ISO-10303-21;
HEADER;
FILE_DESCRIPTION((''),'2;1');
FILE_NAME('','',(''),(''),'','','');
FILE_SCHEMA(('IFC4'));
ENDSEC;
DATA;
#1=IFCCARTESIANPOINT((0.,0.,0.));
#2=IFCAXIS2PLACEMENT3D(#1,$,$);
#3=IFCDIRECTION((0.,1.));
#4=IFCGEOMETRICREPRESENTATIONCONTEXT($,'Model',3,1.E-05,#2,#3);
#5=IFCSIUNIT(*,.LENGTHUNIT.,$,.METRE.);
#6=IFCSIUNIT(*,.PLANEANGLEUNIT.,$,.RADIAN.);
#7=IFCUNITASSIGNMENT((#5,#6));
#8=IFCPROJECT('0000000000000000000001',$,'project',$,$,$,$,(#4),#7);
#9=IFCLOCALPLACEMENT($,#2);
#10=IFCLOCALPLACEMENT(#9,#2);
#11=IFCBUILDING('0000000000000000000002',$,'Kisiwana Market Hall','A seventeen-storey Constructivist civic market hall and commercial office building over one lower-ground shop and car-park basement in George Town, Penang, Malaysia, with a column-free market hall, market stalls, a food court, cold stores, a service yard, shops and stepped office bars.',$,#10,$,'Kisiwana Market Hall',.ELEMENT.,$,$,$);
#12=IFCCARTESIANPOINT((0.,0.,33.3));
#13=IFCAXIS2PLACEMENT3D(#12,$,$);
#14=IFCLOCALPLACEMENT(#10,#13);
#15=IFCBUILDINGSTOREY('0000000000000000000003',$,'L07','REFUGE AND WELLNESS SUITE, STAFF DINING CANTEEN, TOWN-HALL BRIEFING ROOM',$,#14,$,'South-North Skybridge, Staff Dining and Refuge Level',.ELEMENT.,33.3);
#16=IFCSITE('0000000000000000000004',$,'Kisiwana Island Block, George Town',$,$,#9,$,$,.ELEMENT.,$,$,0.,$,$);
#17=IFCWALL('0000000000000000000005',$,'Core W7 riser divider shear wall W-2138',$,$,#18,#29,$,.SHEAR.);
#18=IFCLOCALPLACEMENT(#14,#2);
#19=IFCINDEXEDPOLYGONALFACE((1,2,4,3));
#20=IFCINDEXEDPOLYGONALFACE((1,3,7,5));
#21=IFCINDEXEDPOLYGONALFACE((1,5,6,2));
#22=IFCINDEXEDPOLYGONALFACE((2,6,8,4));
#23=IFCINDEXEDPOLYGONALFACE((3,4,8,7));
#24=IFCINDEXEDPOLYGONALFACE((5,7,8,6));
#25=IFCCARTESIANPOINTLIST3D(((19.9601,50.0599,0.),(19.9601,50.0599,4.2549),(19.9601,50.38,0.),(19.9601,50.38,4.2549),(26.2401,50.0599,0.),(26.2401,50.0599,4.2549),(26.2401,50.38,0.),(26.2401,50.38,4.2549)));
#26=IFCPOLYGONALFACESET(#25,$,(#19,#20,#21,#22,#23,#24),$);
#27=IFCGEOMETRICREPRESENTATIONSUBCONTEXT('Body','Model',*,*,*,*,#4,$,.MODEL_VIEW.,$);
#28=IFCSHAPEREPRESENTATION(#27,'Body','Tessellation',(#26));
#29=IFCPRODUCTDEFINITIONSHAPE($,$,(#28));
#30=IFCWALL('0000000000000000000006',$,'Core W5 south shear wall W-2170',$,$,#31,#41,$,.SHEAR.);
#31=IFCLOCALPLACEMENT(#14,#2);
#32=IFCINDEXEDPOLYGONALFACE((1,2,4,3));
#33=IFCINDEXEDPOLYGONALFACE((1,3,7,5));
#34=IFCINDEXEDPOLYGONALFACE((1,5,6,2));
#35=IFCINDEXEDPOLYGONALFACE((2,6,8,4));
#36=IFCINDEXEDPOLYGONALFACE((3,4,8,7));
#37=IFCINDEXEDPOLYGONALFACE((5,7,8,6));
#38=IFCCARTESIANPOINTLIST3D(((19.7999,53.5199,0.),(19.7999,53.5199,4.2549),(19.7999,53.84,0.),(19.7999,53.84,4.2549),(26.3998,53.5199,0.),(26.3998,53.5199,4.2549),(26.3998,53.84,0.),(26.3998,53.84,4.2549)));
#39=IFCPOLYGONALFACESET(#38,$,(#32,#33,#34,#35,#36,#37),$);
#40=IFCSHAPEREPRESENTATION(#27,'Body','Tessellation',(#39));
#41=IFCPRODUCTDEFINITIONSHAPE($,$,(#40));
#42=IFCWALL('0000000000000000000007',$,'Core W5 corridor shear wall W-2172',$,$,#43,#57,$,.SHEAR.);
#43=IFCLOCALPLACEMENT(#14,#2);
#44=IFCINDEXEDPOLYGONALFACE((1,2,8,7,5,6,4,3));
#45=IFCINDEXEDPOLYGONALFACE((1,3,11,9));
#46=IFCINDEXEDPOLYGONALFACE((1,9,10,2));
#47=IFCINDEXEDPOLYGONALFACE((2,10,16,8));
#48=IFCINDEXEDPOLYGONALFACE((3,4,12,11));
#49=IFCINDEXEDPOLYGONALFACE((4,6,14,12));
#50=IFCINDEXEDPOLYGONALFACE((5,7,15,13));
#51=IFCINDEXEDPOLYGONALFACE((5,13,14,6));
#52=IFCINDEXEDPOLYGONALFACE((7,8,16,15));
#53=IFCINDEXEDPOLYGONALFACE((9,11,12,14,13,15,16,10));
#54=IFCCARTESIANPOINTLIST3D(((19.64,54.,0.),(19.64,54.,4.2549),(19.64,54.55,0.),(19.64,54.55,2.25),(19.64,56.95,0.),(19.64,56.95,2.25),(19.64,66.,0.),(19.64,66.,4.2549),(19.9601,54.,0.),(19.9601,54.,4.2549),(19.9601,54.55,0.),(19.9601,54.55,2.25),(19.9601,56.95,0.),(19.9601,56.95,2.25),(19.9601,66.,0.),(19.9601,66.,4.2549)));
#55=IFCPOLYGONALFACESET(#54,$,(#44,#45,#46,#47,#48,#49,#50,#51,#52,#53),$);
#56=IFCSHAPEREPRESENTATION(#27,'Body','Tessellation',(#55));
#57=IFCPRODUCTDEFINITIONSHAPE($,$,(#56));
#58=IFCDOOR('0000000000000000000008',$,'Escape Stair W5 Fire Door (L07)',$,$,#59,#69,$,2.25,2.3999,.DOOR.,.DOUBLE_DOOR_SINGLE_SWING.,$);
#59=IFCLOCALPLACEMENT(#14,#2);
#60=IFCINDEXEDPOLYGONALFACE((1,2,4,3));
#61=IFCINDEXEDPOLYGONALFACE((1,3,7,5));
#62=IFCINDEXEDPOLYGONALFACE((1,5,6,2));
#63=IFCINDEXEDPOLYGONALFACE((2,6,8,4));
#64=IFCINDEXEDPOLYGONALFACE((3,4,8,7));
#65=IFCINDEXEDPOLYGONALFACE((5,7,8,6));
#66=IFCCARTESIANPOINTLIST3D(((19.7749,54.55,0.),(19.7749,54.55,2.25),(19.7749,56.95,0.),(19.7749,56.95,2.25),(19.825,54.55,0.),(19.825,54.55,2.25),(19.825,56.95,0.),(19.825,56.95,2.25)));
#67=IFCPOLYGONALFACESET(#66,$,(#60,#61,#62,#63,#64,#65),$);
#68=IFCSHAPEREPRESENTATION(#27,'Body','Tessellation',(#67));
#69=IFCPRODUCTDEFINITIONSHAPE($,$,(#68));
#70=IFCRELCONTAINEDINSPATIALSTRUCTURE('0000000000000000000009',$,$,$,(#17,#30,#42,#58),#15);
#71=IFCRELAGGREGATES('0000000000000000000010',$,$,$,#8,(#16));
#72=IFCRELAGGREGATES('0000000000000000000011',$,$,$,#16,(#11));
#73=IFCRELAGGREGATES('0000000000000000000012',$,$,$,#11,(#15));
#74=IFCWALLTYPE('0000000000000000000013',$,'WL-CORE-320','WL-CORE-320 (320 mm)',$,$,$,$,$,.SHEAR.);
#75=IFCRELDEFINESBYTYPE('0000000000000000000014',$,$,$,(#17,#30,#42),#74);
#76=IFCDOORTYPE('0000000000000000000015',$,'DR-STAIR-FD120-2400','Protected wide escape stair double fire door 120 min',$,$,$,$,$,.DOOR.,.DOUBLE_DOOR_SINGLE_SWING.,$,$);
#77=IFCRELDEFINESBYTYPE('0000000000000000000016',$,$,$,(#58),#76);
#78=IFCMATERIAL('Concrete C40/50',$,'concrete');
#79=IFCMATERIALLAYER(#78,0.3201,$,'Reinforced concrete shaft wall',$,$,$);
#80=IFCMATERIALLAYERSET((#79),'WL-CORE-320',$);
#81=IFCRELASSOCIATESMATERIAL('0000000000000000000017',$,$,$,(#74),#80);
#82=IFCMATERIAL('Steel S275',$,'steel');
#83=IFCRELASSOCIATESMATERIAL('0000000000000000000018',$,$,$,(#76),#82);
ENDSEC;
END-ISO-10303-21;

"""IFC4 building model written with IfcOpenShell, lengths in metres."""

from ifc_helpers import new_model, si_unit, direction, frame, frame_2d, origin, place, context, subcontext, project, spatial, rectangle, extrude, material, layer, layer_set, type_object, element, fill, save


model = new_model("IFC4")

# Units and contexts
model_context = context("Model", 3, precision=1e-05, world=origin(), true_north=direction((0.0, 1.0)))
body_context = subcontext(model_context, "Body", "Model", "MODEL_VIEW")
ifc_project = project(units=[si_unit("LENGTHUNIT", "METRE"), si_unit("PLANEANGLEUNIT", "RADIAN")], contexts=[model_context])

# Site, building, storey
site_placement = place(None, origin())
site = spatial("IfcSite", under=ifc_project, at=site_placement, Name="Kisiwana Island Block, George Town", CompositionType="ELEMENT", RefElevation=0.0)
building_placement = place(site_placement, origin())
building = spatial("IfcBuilding", under=site, at=building_placement, Name="Kisiwana Market Hall", Description="A seventeen-storey Constructivist civic market hall and commercial office building over one lower-ground shop and car-park basement in George Town, Penang, Malaysia, with a column-free market hall, market stalls, a food court, cold stores, a service yard, shops and stepped office bars.", LongName="Kisiwana Market Hall", CompositionType="ELEMENT")
storey_placement = place(building_placement, frame((0.0, 0.0, 33.3)))
storey = spatial("IfcBuildingStorey", under=building, at=storey_placement, Name="L07", Description="REFUGE AND WELLNESS SUITE, STAFF DINING CANTEEN, TOWN-HALL BRIEFING ROOM", LongName="South-North Skybridge, Staff Dining and Refuge Level", CompositionType="ELEMENT", Elevation=33.3)

# Walls
ifc_material_1 = material(Name="Concrete C40/50", Category="concrete")
ifc_layer_1 = layer(ifc_material_1, 0.3201, Name="Reinforced concrete shaft wall")
ifc_layer_set_1 = layer_set([ifc_layer_1], Name="WL-CORE-320")
wall_type_1 = type_object("IfcWallType", Name="WL-CORE-320", Description="WL-CORE-320 (320 mm)", PredefinedType="SHEAR", material=ifc_layer_set_1)
wall_1_placement = place(storey_placement, frame((19.96, 50.22, 0.0), z_axis=(0.0, 0.0, 1.0), x_axis=(1.0, 0.0, 0.0)))
element("IfcWall", 1, at=wall_1_placement, inside=storey, type_object=wall_type_1, Name="Core W7 riser divider shear wall W-2138", PredefinedType="SHEAR", context=body_context, shape_type="SweptSolid", body=[
    extrude(rectangle(XDim=6.28, YDim=0.3201, at=frame_2d((3.1401, 0.0))), origin(), (0.0, 0.0, 1.0), 4.2549),
])
wall_2_placement = place(storey_placement, frame((19.8, 53.6799, 0.0), z_axis=(0.0, 0.0, 1.0), x_axis=(1.0, 0.0, 0.0)))
element("IfcWall", 2, at=wall_2_placement, inside=storey, type_object=wall_type_1, Name="Core W5 south shear wall W-2170", PredefinedType="SHEAR", context=body_context, shape_type="SweptSolid", body=[
    extrude(rectangle(XDim=6.5999, YDim=0.3201, at=frame_2d((3.2998, 0.0))), origin(), (0.0, 0.0, 1.0), 4.2549),
])

# Wall, opening, door
wall_3_placement = place(storey_placement, frame((19.8, 54.0, 0.0), z_axis=(0.0, 0.0, 1.0), x_axis=(0.0, 1.0, 0.0)))
wall_3 = element("IfcWall", 3, at=wall_3_placement, inside=storey, type_object=wall_type_1, Name="Core W5 corridor shear wall W-2172", PredefinedType="SHEAR", context=body_context, shape_type="SweptSolid", body=[
    extrude(rectangle(XDim=12.0, YDim=0.3201, at=frame_2d((6.0, 0.0))), origin(), (0.0, 0.0, 1.0), 4.2549),
])
opening_1_placement = place(wall_3_placement, frame((0.55, 0.0, 0.0)))
opening_1 = element("IfcOpeningElement", 4, at=opening_1_placement, cuts=wall_3, PredefinedType="OPENING", context=body_context, shape_type="SweptSolid", body=[
    extrude(rectangle(XDim=2.3999, YDim=2.25, at=frame_2d((1.2, 1.125))), frame((0.0, 0.1719, 0.0), z_axis=(0.0, -1.0, 0.0), x_axis=(1.0, 0.0, 0.0)), (0.0, 0.0, 1.0), 0.344),
])
ifc_material_2 = material(Name="Steel S275", Category="steel")
door_type_1 = type_object("IfcDoorType", Name="DR-STAIR-FD120-2400", Description="Protected wide escape stair double fire door 120 min", OperationType="DOUBLE_DOOR_SINGLE_SWING", PredefinedType="DOOR", material=ifc_material_2)
door_1_placement = place(opening_1_placement, frame((2.3999, 0.0, 0.0), z_axis=(0.0, 0.0, 1.0), x_axis=(-1.0, 0.0, 0.0)))
door_1 = element("IfcDoor", 5, at=door_1_placement, inside=storey, type_object=door_type_1, Name="Escape Stair W5 Fire Door (L07)", OperationType="DOUBLE_DOOR_SINGLE_SWING", OverallHeight=2.25, OverallWidth=2.3999, PredefinedType="DOOR", context=body_context, shape_type="SweptSolid", body=[
    extrude(rectangle(XDim=2.3999, YDim=2.25, at=frame_2d((1.2, 1.125))), frame((0.0, 0.0249, 0.0), z_axis=(0.0, -1.0, 0.0), x_axis=(1.0, 0.0, 0.0)), (0.0, 0.0, 1.0), 0.05),
])
fill(opening_1, door_1)

save(model, "model.ifc")
